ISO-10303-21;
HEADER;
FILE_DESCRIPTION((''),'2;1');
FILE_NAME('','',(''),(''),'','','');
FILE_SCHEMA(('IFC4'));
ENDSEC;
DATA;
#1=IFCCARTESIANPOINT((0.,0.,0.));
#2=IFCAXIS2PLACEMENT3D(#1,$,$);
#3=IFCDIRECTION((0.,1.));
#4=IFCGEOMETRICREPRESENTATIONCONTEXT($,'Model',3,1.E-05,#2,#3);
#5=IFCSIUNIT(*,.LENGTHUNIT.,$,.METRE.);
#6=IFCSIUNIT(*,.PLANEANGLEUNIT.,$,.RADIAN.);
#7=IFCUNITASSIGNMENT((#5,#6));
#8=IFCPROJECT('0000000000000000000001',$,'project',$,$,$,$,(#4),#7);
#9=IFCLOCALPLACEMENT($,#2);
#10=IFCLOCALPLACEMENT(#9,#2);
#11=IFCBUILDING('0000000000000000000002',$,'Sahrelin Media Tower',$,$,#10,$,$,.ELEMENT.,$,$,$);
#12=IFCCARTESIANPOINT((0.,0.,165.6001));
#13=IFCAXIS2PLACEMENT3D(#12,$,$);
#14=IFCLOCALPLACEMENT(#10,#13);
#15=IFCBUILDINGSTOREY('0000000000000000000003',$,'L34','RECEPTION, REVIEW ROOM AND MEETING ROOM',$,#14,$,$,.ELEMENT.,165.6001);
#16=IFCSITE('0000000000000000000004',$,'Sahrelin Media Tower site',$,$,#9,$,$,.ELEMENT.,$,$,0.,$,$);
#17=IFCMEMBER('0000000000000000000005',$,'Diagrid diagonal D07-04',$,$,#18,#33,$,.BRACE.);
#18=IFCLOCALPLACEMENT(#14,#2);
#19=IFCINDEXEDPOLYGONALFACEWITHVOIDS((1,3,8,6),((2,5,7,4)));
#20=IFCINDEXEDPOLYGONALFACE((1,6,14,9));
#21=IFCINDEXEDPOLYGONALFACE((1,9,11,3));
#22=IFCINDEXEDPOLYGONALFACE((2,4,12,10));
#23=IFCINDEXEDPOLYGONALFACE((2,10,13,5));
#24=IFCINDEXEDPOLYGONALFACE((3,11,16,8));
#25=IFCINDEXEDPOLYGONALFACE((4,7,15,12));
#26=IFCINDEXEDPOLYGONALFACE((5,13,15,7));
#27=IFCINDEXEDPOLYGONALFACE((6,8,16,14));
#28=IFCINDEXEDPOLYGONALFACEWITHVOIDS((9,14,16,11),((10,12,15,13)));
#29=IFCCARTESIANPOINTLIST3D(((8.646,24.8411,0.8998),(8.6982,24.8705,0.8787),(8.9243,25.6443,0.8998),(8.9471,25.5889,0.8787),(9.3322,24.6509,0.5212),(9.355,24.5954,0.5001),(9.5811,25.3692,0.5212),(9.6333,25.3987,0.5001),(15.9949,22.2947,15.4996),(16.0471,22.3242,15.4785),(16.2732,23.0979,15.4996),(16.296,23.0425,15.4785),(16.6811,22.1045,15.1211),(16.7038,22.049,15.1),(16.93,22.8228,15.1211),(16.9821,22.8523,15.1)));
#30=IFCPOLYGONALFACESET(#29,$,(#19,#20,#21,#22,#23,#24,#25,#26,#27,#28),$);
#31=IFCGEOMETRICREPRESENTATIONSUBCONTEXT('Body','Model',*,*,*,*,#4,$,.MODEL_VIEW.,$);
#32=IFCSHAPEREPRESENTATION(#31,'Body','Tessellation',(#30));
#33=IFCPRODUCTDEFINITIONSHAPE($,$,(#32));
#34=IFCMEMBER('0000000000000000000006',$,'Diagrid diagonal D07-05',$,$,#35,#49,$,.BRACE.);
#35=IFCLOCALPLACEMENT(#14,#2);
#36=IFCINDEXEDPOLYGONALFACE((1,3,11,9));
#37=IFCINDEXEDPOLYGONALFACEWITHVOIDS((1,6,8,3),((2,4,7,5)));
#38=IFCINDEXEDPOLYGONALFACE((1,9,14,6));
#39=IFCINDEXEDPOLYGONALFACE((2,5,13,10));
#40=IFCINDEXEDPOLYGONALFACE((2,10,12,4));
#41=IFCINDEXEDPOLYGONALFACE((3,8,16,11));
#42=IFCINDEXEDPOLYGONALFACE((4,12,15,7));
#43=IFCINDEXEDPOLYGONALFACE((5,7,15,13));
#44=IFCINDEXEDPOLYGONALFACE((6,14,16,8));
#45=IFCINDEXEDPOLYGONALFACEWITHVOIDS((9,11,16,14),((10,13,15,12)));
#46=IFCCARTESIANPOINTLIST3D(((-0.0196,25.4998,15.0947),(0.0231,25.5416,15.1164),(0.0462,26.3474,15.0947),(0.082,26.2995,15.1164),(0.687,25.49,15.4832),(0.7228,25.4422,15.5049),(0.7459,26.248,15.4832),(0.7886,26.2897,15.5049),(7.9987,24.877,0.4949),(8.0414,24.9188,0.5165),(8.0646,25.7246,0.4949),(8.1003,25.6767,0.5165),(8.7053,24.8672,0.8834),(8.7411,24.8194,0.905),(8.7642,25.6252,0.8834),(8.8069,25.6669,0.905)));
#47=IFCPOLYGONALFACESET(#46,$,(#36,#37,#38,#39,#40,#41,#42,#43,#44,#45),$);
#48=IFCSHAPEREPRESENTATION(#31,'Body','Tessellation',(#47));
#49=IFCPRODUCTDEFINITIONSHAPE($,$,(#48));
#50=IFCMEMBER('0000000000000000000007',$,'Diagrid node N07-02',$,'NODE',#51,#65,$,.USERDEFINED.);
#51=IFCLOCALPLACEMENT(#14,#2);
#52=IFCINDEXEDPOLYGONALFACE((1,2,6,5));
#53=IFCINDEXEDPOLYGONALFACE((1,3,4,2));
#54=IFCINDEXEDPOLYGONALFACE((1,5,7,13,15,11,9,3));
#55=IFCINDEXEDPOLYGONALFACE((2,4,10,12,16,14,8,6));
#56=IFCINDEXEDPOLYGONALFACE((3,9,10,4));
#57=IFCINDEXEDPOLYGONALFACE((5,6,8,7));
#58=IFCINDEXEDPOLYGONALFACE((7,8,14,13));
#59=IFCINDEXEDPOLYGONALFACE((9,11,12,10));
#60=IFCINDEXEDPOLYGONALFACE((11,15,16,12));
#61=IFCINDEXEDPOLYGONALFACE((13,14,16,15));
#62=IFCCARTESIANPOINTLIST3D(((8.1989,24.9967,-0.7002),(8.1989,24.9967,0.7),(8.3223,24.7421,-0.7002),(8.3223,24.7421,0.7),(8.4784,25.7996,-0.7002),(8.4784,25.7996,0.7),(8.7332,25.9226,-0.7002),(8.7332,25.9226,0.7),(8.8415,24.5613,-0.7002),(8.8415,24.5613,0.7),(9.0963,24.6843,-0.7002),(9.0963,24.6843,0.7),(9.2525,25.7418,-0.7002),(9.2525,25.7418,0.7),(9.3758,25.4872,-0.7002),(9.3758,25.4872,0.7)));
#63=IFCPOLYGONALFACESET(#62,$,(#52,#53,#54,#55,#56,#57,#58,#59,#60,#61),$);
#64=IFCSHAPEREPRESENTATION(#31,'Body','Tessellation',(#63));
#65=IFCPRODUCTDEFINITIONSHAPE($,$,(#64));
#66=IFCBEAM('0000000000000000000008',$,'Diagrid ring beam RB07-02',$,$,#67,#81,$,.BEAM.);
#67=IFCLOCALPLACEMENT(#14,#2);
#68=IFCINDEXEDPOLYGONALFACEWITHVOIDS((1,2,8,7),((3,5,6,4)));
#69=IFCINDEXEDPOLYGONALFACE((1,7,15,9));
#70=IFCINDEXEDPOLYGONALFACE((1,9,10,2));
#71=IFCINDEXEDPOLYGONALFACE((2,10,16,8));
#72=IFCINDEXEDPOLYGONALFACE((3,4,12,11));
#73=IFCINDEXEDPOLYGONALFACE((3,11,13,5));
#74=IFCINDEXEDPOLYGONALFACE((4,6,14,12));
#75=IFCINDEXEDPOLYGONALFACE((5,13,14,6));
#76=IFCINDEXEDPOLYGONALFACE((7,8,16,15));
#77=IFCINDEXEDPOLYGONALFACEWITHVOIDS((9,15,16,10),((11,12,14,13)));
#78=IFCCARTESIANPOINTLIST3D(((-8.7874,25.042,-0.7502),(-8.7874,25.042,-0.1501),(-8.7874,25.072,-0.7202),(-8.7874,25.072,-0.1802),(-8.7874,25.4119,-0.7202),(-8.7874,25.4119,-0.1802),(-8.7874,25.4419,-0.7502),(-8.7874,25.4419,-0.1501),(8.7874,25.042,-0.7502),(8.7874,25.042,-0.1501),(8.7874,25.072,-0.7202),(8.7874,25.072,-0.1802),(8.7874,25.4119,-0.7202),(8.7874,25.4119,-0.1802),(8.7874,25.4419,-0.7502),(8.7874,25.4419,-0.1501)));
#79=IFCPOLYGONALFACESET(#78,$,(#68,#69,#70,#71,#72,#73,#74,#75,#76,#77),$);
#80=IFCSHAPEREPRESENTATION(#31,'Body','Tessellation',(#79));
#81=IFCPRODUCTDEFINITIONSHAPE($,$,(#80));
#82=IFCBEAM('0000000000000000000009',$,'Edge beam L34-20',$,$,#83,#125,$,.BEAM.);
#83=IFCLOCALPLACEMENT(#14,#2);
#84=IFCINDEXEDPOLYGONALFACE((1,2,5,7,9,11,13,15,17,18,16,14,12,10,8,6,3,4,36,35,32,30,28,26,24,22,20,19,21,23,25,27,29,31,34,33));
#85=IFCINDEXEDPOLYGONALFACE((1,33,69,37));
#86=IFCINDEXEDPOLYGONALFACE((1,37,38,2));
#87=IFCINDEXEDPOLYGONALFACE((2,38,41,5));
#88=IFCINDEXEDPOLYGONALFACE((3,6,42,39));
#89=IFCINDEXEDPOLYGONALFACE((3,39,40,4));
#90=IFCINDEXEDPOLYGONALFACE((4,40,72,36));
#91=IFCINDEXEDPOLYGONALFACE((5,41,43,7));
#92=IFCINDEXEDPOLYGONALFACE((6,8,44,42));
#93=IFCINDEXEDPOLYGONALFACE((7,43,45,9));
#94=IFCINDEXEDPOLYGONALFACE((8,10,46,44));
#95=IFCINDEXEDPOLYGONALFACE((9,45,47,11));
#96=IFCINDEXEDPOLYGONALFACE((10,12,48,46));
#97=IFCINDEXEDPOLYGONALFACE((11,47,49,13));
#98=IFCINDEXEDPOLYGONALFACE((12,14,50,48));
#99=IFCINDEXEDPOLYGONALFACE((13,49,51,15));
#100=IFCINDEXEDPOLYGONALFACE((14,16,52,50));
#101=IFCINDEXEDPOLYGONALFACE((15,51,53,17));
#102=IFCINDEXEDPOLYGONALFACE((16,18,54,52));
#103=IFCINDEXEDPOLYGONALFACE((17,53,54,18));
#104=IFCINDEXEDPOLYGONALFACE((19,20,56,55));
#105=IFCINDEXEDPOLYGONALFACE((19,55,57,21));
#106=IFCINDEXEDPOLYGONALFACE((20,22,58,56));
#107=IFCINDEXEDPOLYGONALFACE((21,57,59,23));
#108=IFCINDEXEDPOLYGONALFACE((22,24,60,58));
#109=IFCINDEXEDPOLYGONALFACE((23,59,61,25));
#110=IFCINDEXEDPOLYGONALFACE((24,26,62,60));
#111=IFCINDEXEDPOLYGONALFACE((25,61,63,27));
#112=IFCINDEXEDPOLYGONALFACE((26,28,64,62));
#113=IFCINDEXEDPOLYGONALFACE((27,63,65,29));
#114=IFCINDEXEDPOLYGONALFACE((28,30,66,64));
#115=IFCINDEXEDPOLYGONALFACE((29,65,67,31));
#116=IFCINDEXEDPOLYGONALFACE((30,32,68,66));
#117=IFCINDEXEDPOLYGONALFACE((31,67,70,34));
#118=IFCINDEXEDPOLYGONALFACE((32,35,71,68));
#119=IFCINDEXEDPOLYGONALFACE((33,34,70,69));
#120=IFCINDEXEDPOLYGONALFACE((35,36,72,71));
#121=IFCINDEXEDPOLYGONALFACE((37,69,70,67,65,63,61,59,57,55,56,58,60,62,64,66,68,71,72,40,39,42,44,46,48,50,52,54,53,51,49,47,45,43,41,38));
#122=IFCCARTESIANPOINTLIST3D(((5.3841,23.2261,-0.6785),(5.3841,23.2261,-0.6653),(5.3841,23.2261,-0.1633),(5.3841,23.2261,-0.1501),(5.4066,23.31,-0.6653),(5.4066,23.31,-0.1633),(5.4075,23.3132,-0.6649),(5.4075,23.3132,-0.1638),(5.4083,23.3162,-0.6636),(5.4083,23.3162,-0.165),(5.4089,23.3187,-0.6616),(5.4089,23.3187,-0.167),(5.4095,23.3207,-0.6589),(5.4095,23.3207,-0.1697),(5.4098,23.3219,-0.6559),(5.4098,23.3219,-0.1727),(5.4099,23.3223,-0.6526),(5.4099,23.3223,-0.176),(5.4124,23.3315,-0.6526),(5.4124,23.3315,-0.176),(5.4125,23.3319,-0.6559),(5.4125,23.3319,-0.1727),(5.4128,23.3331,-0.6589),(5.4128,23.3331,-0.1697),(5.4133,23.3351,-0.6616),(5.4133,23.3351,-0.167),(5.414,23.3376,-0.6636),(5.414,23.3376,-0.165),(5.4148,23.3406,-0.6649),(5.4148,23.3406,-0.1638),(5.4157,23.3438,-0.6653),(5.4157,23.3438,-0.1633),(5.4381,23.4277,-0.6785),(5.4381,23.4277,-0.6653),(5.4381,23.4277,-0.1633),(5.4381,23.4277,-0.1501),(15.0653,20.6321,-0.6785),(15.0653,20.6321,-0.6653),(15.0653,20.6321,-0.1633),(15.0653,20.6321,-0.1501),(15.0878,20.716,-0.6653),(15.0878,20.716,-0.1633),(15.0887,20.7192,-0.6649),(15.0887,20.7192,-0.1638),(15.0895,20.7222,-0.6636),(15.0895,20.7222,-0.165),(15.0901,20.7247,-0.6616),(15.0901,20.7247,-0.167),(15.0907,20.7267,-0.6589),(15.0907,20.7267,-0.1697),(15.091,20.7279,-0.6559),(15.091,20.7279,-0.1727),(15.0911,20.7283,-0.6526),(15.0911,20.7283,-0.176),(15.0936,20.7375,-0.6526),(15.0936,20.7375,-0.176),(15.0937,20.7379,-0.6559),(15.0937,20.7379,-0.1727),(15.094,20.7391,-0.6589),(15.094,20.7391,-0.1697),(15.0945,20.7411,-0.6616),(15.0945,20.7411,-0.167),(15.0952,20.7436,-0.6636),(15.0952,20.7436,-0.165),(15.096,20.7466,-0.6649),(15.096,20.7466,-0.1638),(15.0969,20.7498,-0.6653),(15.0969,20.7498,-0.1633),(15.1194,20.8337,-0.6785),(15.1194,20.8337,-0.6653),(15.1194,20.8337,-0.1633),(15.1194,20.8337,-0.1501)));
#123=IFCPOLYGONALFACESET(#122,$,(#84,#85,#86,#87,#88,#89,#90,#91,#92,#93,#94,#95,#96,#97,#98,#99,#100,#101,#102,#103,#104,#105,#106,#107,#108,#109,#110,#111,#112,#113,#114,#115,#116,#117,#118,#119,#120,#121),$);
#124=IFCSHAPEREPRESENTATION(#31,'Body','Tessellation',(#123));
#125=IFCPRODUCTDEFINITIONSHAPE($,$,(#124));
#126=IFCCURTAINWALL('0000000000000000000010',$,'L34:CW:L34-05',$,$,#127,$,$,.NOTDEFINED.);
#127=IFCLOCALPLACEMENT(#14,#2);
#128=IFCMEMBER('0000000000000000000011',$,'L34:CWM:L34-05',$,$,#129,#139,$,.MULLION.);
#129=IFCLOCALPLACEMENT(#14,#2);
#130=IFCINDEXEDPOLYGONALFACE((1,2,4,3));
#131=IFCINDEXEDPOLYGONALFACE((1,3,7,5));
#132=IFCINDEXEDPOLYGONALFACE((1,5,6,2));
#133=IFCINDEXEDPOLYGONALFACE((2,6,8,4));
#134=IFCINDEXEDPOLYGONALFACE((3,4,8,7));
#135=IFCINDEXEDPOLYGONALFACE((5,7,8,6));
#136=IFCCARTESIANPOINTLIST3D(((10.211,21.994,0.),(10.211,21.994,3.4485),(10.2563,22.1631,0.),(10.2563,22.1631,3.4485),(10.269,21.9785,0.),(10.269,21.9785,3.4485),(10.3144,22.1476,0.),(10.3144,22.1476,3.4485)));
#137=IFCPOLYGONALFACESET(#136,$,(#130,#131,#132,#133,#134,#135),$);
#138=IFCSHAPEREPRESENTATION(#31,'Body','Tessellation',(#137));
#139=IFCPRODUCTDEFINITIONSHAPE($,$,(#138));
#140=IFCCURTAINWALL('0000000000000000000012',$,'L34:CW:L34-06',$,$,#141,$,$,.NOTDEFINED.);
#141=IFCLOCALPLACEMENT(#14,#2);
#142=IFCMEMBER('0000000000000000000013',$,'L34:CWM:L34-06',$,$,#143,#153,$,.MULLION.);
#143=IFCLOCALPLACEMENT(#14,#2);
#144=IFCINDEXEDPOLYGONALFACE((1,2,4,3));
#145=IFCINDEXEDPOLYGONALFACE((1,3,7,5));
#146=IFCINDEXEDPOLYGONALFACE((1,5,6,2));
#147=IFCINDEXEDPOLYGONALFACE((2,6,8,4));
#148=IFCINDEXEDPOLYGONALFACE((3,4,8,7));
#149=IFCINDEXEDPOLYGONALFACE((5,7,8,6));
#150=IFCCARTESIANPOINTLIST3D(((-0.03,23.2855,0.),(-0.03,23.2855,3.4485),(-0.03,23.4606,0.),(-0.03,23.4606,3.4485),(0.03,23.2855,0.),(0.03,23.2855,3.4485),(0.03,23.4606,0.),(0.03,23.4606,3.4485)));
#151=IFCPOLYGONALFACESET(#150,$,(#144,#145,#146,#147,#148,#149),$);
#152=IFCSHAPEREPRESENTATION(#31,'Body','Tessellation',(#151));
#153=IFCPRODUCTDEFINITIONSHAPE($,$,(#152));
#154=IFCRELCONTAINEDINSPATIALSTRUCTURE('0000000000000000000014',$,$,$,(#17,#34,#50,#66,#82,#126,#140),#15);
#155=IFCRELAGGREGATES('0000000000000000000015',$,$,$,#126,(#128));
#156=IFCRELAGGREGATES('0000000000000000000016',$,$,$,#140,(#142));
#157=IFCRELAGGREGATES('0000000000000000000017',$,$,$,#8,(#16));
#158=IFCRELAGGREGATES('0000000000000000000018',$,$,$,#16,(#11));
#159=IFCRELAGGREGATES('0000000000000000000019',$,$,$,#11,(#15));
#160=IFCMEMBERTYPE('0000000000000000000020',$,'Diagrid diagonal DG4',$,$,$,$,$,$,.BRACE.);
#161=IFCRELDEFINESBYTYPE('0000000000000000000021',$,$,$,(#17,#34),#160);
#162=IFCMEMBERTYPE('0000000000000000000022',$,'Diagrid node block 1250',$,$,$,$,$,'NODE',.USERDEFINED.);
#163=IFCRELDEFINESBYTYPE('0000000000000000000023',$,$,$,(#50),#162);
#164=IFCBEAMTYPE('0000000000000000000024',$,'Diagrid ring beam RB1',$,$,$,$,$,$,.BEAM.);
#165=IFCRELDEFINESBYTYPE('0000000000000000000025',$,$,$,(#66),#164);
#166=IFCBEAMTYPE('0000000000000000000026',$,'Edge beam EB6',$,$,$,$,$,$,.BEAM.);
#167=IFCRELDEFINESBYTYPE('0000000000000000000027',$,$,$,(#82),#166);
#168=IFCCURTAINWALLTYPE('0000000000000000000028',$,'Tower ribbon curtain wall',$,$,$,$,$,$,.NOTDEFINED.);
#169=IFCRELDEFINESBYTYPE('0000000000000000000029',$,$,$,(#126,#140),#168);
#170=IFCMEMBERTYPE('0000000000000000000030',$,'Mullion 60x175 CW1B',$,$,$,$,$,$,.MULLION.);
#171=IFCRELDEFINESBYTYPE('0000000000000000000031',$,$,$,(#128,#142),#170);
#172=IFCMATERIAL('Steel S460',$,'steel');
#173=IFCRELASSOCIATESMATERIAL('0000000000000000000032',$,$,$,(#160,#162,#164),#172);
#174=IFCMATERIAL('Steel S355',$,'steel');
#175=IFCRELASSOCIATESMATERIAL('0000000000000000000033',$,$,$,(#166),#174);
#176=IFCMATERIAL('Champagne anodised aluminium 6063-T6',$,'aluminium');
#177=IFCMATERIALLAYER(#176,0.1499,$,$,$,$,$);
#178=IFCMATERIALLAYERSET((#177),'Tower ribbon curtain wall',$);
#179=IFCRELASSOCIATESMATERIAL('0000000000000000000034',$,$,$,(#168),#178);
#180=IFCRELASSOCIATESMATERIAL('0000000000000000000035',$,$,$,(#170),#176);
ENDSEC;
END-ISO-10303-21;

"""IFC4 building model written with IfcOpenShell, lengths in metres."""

from ifc_helpers import new_model, si_unit, direction, frame, origin, origin_2d, place, context, subcontext, project, spatial, polyline, rectangle, hollow_rectangle, i_section, outline, extrude, material, layer, layer_set, material_profile, profile_set, type_object, element, aggregate, save


model = new_model("IFC4")

# Units and contexts
model_context = context("Model", 3, precision=1e-05, world=origin(), true_north=direction((0.0, 1.0)))
body_context = subcontext(model_context, "Body", "Model", "MODEL_VIEW")
ifc_project = project(units=[si_unit("LENGTHUNIT", "METRE"), si_unit("PLANEANGLEUNIT", "RADIAN")], contexts=[model_context])

# Site, building, storey
site_placement = place(None, origin())
site = spatial("IfcSite", under=ifc_project, at=site_placement, Name="Sahrelin Media Tower site", CompositionType="ELEMENT", RefElevation=0.0)
building_placement = place(site_placement, origin())
building = spatial("IfcBuilding", under=site, at=building_placement, Name="Sahrelin Media Tower", CompositionType="ELEMENT")
storey_placement = place(building_placement, frame((0.0, 0.0, 165.6001)))
storey = spatial("IfcBuildingStorey", under=building, at=storey_placement, Name="L34", Description="RECEPTION, REVIEW ROOM AND MEETING ROOM", CompositionType="ELEMENT", Elevation=165.6001)

# Members
ifc_material_1 = material(Name="Steel S460", Category="steel")
ifc_material_profile_1 = material_profile(ifc_material_1, hollow_rectangle(XDim=0.8501, YDim=0.8501, WallThickness=0.0449, at=origin_2d()), Name="Diagrid diagonal DG4")
ifc_profile_set_1 = profile_set([ifc_material_profile_1], Name="Steel S460")
member_type_1 = type_object("IfcMemberType", Name="Diagrid diagonal DG4", PredefinedType="BRACE", material=ifc_profile_set_1)
member_1_placement = place(storey_placement, frame((9.1396, 25.1199, 0.7), z_axis=(0.444249, -0.153932, 0.88258), x_axis=(0.327403, 0.944885, 0.0)))
element("IfcMember", 1, at=member_1_placement, inside=storey, type_object=member_type_1, Name="Diagrid diagonal D07-04", PredefinedType="BRACE", context=body_context, shape_type="SweptSolid", body=[
    extrude(hollow_rectangle(XDim=0.8501, YDim=0.8501, WallThickness=0.0449, at=origin_2d()), origin(), (0.0, 0.0, 1.0), 16.5422),
])
member_2_placement = place(storey_placement, frame((8.4028, 25.272, 0.7), z_axis=(-0.481047, 0.037364, 0.875898), x_axis=(-0.077439, -0.996997, 0.0)))
element("IfcMember", 2, at=member_2_placement, inside=storey, type_object=member_type_1, Name="Diagrid diagonal D07-05", PredefinedType="BRACE", context=body_context, shape_type="SweptSolid", body=[
    extrude(hollow_rectangle(XDim=0.8501, YDim=0.8501, WallThickness=0.0449, at=origin_2d()), origin(), (0.0, 0.0, 1.0), 16.6685),
])
ifc_material_profile_2 = material_profile(ifc_material_1, outline(polyline([(0.425, -0.4751), (0.625, -0.2749), (0.625, 0.2749), (0.425, 0.4751), (-0.425, 0.4751), (-0.625, 0.2749), (-0.625, -0.2749), (-0.425, -0.4751), (0.425, -0.4751)])), Name="Diagrid node block 1250")
ifc_profile_set_2 = profile_set([ifc_material_profile_2], Name="Steel S460")
member_type_2 = type_object("IfcMemberType", Name="Diagrid node block 1250", ElementType="NODE", PredefinedType="USERDEFINED", material=ifc_profile_set_2)
member_3_placement = place(storey_placement, frame((8.7874, 25.2419, -0.7002), z_axis=(0.0, 0.0, 1.0), x_axis=(0.328769, 0.94441, 0.0)))
element("IfcMember", 3, at=member_3_placement, inside=storey, type_object=member_type_2, Name="Diagrid node N07-02", ObjectType="NODE", PredefinedType="USERDEFINED", context=body_context, shape_type="SweptSolid", body=[
    extrude(outline(polyline([(0.425, -0.4751), (0.625, -0.2749), (0.625, 0.2749), (0.425, 0.4751), (-0.425, 0.4751), (-0.625, 0.2749), (-0.625, -0.2749), (-0.425, -0.4751), (0.425, -0.4751)])), origin(), (0.0, 0.0, 1.0), 1.4001),
])

# Beams
ifc_material_profile_3 = material_profile(ifc_material_1, hollow_rectangle(XDim=0.3999, YDim=0.6001, WallThickness=0.03, at=origin_2d()), Name="Diagrid ring beam RB1")
ifc_profile_set_3 = profile_set([ifc_material_profile_3], Name="Steel S460")
beam_type_1 = type_object("IfcBeamType", Name="Diagrid ring beam RB1", PredefinedType="BEAM", material=ifc_profile_set_3)
beam_1_placement = place(storey_placement, frame((8.7874, 25.2419, -0.4502), z_axis=(-1.0, 0.0, 0.0), x_axis=(0.0, -1.0, 0.0)))
element("IfcBeam", 4, at=beam_1_placement, inside=storey, type_object=beam_type_1, Name="Diagrid ring beam RB07-02", PredefinedType="BEAM", context=body_context, shape_type="SweptSolid", body=[
    extrude(hollow_rectangle(XDim=0.3999, YDim=0.6001, WallThickness=0.03, at=origin_2d()), origin(), (0.0, 0.0, 1.0), 17.5747),
])
ifc_material_2 = material(Name="Steel S355", Category="steel")
ifc_material_profile_4 = material_profile(ifc_material_2, i_section(OverallWidth=0.2087, OverallDepth=0.5283, WebThickness=0.0095, FlangeThickness=0.0132, FilletRadius=0.0127, at=origin_2d()), Name="UB 533x210x82")
ifc_profile_set_4 = profile_set([ifc_material_profile_4], Name="Steel S355")
beam_type_2 = type_object("IfcBeamType", Name="Edge beam EB6", PredefinedType="BEAM", material=ifc_profile_set_4)
beam_2_placement = place(storey_placement, frame((5.4111, 23.3269, -0.4143), z_axis=(0.965927, -0.258813, 0.0), x_axis=(0.258813, 0.965927, 0.0)))
element("IfcBeam", 5, at=beam_2_placement, inside=storey, type_object=beam_type_2, Name="Edge beam L34-20", PredefinedType="BEAM", context=body_context, shape_type="SweptSolid", body=[
    extrude(i_section(OverallWidth=0.2087, OverallDepth=0.5283, WebThickness=0.0095, FlangeThickness=0.0132, FilletRadius=0.0127, at=origin_2d()), origin(), (0.0, 0.0, 1.0), 10.0227),
])

# Curtain walls, members
ifc_material_3 = material(Name="Champagne anodised aluminium 6063-T6", Category="aluminium")
ifc_layer_1 = layer(ifc_material_3, 0.1499)
ifc_layer_set_1 = layer_set([ifc_layer_1], Name="Tower ribbon curtain wall")
curtain_wall_type = type_object("IfcCurtainWallType", Name="Tower ribbon curtain wall", PredefinedType="NOTDEFINED", material=ifc_layer_set_1)
curtain_wall_1_placement = place(storey_placement, frame((10.2905, 22.1748, 0.0), z_axis=(0.0, 0.0, 1.0), x_axis=(1.0, 0.0, 0.0)))
curtain_wall_1 = element("IfcCurtainWall", 6, at=curtain_wall_1_placement, inside=storey, type_object=curtain_wall_type, Name="L34:CW:L34-05", PredefinedType="NOTDEFINED")
ifc_material_profile_5 = material_profile(ifc_material_3, rectangle(XDim=0.0601, YDim=0.175, at=origin_2d()), Name="Mullion 60x175")
ifc_profile_set_5 = profile_set([ifc_material_profile_5], Name="Champagne anodised aluminium 6063-T6")
member_type_3 = type_object("IfcMemberType", Name="Mullion 60x175 CW1B", PredefinedType="MULLION", material=ifc_profile_set_5)
member_4_placement = place(storey_placement, frame((10.2627, 22.0708, 0.0), z_axis=(0.0, 0.0, 1.0), x_axis=(-0.965926, 0.258819, 0.0)))
member_4 = element("IfcMember", 7, at=member_4_placement, type_object=member_type_3, Name="L34:CWM:L34-05", PredefinedType="MULLION", context=body_context, shape_type="SweptSolid", body=[
    extrude(rectangle(XDim=0.0601, YDim=0.175, at=origin_2d()), origin(), (0.0, 0.0, 1.0), 3.4485),
])
aggregate(curtain_wall_1, [member_4])
placement_1 = place(storey_placement, frame((0.0, 23.4807, 0.0), z_axis=(0.0, 0.0, 1.0), x_axis=(1.0, 0.0, 0.0)))
curtain_wall_2 = element("IfcCurtainWall", 8, at=placement_1, inside=storey, type_object=curtain_wall_type, Name="L34:CW:L34-06", PredefinedType="NOTDEFINED")
member_5_placement = place(storey_placement, frame((0.0, 23.373, 0.0), z_axis=(0.0, 0.0, 1.0), x_axis=(-1.0, 0.0, 0.0)))
member_5 = element("IfcMember", 9, at=member_5_placement, type_object=member_type_3, Name="L34:CWM:L34-06", PredefinedType="MULLION", context=body_context, shape_type="SweptSolid", body=[
    extrude(rectangle(XDim=0.0601, YDim=0.175, at=origin_2d()), origin(), (0.0, 0.0, 1.0), 3.4485),
])

aggregate(curtain_wall_2, [member_5])

save(model, "model.ifc")
